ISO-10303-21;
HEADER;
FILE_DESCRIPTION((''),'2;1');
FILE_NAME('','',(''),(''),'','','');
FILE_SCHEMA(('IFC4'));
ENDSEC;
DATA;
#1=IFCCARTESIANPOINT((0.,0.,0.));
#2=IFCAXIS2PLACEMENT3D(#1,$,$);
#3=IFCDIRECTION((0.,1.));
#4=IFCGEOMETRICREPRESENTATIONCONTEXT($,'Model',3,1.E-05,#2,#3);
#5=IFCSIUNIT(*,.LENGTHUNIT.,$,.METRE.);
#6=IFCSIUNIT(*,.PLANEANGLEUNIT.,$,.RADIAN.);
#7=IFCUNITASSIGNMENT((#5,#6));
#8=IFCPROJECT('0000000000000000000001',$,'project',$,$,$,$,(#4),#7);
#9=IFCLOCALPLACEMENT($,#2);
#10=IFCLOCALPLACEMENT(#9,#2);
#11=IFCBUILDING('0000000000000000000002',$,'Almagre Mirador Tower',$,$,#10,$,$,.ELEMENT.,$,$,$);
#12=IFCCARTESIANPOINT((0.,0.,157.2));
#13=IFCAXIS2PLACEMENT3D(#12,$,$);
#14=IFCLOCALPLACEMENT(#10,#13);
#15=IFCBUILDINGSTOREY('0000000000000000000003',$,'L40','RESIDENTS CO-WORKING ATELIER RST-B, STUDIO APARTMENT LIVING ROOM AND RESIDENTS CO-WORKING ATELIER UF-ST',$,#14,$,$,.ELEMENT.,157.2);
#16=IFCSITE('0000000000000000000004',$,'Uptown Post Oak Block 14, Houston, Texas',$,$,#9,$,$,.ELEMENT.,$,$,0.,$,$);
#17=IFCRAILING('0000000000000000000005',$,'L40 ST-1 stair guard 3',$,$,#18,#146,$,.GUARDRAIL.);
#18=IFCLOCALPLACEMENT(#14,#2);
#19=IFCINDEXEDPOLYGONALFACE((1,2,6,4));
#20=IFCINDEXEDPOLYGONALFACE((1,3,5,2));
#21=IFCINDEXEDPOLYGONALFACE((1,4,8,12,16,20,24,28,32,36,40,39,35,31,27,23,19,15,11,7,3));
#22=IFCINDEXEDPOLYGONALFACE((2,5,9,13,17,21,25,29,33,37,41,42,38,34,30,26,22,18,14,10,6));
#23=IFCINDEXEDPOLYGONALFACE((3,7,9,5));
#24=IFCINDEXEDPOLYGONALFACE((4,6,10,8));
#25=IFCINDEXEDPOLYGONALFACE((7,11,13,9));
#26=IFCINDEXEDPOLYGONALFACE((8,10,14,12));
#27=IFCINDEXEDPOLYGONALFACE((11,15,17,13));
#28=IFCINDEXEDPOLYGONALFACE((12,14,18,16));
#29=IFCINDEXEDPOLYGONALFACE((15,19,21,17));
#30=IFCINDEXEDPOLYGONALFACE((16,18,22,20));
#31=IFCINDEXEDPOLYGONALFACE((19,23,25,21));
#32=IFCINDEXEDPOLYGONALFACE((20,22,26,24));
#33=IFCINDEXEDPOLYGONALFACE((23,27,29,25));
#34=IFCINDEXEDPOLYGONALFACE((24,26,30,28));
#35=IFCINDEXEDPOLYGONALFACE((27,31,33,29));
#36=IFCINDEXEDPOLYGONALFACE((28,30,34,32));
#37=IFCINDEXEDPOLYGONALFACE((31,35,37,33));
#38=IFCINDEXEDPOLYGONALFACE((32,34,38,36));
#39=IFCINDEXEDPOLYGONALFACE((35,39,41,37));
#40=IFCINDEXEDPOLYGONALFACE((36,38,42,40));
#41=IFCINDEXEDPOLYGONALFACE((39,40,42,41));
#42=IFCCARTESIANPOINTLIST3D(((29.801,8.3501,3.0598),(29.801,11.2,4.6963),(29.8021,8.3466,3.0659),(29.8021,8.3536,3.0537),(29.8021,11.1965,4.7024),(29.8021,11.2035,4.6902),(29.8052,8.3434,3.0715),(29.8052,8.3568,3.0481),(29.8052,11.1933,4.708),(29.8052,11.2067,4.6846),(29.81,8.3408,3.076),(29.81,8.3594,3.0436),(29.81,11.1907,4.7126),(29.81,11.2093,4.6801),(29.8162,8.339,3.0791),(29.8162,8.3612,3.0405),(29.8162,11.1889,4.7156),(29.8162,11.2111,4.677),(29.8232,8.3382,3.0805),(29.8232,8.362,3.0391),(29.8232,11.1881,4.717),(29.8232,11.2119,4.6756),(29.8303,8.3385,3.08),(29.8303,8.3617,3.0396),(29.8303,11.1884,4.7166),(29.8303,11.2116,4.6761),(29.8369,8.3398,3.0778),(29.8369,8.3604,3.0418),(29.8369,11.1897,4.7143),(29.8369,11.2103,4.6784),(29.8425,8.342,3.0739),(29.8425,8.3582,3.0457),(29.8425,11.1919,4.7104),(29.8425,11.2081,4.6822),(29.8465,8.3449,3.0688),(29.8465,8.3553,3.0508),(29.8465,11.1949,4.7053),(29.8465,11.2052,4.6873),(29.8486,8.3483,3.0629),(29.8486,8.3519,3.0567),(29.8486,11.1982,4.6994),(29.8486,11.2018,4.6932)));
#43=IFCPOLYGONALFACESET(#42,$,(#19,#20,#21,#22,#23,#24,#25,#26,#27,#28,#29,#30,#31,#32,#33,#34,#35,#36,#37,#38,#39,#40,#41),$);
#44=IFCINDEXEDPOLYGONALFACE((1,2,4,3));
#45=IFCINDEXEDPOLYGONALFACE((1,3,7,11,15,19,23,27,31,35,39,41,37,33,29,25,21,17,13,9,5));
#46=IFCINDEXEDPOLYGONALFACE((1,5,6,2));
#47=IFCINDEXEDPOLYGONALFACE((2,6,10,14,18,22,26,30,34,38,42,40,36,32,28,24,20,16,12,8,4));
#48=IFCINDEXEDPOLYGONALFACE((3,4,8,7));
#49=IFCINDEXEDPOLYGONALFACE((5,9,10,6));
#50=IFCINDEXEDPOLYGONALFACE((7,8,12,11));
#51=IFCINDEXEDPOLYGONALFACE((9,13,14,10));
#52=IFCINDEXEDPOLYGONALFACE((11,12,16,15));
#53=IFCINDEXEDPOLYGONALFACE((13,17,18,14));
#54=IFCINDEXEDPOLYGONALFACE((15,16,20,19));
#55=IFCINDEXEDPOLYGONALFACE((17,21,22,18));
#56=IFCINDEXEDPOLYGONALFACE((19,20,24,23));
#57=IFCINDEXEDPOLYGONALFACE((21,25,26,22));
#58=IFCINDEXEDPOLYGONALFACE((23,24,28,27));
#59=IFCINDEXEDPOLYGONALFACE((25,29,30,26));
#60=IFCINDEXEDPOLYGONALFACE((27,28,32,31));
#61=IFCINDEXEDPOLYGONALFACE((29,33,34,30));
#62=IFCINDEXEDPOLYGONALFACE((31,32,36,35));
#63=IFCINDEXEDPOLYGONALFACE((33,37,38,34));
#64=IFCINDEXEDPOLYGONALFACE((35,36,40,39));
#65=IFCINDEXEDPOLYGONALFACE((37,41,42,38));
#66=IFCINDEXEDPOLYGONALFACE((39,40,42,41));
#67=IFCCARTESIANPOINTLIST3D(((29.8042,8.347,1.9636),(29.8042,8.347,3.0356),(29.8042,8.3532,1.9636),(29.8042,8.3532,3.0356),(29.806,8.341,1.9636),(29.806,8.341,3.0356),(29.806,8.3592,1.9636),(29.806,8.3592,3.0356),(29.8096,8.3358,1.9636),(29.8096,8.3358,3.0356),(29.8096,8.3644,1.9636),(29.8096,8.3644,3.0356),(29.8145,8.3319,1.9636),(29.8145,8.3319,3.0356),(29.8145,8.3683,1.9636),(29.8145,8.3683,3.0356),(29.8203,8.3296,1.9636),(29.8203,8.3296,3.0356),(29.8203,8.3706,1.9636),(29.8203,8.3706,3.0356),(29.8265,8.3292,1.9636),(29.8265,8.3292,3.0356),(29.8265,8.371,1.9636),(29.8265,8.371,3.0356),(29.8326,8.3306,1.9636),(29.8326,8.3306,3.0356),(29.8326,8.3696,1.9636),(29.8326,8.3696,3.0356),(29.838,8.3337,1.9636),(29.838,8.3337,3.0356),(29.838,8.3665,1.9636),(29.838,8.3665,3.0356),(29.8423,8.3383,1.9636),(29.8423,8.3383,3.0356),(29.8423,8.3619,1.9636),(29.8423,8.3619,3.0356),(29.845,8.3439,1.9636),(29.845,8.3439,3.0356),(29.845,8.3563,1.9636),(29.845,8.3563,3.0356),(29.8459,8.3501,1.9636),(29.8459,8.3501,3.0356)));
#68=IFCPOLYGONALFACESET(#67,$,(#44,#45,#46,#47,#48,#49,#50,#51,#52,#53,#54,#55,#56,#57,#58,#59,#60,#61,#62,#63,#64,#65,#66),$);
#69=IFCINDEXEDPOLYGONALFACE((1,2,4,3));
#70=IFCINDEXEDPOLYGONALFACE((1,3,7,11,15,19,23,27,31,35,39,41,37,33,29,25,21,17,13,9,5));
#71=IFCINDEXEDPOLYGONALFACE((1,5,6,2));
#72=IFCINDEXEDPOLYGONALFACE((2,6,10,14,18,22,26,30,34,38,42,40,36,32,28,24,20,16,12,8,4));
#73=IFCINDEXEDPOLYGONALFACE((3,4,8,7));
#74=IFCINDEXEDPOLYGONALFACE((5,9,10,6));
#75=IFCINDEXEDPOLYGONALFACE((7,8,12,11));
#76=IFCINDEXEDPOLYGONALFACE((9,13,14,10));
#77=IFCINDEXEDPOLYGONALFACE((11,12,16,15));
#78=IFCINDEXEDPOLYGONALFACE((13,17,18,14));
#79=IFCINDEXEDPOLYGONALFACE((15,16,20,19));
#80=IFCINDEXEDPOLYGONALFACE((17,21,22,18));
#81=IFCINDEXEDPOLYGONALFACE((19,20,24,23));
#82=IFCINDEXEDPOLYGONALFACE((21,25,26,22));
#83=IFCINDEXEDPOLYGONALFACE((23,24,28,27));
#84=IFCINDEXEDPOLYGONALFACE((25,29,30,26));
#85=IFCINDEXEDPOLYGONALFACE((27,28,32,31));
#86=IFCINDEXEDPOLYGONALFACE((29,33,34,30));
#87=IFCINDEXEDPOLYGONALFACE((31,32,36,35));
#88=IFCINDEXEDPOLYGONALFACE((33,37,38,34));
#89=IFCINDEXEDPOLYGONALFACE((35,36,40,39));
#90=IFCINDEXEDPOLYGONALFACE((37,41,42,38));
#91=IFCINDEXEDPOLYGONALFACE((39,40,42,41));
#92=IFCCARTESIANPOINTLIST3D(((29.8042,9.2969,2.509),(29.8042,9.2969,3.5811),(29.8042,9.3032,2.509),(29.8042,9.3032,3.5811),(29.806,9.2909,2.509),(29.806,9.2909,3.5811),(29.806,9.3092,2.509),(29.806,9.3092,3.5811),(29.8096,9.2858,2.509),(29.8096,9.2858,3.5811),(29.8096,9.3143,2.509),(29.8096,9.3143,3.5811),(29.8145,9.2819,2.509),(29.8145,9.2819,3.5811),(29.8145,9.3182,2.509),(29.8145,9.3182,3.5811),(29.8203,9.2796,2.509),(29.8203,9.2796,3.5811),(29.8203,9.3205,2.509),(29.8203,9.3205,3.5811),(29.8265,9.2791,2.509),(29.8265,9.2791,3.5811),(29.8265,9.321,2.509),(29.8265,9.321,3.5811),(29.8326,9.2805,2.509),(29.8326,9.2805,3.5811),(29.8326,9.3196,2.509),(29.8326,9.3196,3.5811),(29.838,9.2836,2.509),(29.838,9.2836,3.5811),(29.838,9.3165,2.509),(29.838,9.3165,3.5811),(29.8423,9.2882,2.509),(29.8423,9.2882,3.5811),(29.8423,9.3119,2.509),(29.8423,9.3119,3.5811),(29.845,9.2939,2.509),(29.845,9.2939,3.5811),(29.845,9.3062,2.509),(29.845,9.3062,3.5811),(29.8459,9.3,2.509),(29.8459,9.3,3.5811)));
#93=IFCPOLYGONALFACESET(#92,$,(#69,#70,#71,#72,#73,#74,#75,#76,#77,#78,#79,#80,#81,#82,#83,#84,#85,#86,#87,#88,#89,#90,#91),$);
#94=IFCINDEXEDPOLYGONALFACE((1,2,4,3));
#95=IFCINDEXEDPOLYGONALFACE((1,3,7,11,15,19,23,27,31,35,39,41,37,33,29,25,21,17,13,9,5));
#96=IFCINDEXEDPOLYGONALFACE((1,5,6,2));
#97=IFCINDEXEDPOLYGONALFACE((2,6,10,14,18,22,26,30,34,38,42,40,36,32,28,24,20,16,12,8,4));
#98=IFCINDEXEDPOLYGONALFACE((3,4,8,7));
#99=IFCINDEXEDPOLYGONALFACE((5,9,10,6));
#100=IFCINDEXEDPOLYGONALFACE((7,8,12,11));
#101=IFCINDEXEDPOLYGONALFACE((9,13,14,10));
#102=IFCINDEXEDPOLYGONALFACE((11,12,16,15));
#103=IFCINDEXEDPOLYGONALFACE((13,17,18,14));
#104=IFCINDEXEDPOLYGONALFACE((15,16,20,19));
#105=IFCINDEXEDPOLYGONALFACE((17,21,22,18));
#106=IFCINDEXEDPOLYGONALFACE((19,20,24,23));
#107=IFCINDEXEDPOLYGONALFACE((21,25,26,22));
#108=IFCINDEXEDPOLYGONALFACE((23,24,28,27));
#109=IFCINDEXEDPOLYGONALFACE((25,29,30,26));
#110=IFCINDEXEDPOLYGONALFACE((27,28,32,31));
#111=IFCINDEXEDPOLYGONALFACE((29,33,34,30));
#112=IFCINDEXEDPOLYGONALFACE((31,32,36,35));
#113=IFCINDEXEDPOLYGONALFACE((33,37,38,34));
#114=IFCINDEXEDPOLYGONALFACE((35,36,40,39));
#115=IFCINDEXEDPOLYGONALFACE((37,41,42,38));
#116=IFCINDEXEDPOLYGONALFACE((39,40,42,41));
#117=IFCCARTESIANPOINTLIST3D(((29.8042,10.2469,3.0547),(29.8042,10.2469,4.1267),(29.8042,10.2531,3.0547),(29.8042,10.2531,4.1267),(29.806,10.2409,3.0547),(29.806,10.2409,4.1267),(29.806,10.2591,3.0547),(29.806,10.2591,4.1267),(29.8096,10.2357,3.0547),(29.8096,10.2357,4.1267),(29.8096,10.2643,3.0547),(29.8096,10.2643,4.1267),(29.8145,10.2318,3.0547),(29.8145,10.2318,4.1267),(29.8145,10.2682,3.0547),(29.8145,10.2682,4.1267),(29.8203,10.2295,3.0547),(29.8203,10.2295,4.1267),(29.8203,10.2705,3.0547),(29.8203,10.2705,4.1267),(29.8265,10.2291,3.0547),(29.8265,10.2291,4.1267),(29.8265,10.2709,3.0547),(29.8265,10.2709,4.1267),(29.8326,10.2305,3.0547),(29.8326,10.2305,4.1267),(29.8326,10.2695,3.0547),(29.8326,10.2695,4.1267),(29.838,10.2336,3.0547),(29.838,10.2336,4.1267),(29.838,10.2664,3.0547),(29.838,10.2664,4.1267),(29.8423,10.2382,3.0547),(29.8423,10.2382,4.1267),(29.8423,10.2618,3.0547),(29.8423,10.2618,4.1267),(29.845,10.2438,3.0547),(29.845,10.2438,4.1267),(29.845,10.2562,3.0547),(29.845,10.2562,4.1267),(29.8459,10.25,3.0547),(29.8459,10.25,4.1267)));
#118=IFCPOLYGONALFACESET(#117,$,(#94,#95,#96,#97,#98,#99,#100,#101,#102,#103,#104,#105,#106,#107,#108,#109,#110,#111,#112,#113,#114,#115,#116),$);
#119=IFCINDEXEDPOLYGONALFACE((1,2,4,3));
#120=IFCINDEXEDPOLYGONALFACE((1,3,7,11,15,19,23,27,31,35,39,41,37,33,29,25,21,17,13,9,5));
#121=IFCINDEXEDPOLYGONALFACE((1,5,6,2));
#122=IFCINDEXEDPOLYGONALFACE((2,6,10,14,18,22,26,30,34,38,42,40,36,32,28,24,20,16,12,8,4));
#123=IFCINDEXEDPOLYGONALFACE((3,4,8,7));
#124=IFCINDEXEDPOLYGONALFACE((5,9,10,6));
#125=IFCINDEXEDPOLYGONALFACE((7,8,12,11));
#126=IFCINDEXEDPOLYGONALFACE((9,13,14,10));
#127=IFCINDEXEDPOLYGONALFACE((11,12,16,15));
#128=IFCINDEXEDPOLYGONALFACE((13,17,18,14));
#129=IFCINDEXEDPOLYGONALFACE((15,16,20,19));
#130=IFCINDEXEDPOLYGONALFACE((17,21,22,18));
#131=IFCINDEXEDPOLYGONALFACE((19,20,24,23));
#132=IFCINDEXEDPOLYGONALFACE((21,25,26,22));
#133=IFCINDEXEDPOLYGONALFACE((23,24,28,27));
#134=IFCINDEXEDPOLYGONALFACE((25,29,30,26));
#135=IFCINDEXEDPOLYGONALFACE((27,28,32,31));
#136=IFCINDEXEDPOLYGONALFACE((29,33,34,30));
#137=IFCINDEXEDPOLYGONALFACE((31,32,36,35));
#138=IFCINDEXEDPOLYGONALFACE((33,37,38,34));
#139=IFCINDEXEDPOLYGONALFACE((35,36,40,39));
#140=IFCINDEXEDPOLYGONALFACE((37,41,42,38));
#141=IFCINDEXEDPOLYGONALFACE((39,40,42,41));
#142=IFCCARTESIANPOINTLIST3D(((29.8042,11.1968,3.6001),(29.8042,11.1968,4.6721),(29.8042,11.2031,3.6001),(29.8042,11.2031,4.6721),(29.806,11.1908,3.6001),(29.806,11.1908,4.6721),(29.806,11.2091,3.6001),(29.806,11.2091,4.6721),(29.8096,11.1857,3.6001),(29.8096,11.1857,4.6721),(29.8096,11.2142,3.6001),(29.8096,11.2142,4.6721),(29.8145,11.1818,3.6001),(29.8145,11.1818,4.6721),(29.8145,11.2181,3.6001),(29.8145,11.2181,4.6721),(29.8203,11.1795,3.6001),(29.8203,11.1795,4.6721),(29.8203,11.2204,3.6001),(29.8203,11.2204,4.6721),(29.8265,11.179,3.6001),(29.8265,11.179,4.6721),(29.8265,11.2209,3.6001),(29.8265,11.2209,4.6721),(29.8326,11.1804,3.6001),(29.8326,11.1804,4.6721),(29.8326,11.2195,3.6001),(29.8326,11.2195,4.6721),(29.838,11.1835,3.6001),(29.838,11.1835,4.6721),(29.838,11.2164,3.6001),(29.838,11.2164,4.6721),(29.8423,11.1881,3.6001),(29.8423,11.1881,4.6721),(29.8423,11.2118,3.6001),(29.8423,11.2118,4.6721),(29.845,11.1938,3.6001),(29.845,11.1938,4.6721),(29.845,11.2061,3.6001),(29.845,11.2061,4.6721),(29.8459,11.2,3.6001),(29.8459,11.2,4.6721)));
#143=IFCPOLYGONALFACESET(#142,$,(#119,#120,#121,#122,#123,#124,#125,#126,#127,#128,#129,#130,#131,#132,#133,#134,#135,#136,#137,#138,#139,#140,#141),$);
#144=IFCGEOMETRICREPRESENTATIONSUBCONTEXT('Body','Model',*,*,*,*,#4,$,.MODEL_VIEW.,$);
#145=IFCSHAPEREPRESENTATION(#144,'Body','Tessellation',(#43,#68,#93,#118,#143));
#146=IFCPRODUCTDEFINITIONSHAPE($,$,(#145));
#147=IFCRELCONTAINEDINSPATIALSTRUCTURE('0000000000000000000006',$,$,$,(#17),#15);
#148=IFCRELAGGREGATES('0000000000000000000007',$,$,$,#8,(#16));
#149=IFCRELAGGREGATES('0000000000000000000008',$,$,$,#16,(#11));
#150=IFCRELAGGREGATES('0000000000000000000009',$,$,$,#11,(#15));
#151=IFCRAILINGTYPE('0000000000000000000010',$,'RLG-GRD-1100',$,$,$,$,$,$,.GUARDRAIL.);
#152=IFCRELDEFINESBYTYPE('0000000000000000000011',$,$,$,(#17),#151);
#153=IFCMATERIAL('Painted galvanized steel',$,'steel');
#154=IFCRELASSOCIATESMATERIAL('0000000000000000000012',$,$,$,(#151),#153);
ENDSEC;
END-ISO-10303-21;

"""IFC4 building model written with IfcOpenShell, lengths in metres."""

from ifc_helpers import new_model, si_unit, direction, frame, origin, origin_2d, place, context, subcontext, project, spatial, circle, extrude, material, type_object, element, save


model = new_model("IFC4")

# Units and contexts
model_context = context("Model", 3, precision=1e-05, world=origin(), true_north=direction((0.0, 1.0)))
body_context = subcontext(model_context, "Body", "Model", "MODEL_VIEW")
ifc_project = project(units=[si_unit("LENGTHUNIT", "METRE"), si_unit("PLANEANGLEUNIT", "RADIAN")], contexts=[model_context])

# Site, building, storey
site_placement = place(None, origin())
site = spatial("IfcSite", under=ifc_project, at=site_placement, Name="Uptown Post Oak Block 14, Houston, Texas", CompositionType="ELEMENT", RefElevation=0.0)
building_placement = place(site_placement, origin())
building = spatial("IfcBuilding", under=site, at=building_placement, Name="Almagre Mirador Tower", CompositionType="ELEMENT")
storey_placement = place(building_placement, frame((0.0, 0.0, 157.2)))
storey = spatial("IfcBuildingStorey", under=building, at=storey_placement, Name="L40", Description="RESIDENTS CO-WORKING ATELIER RST-B, STUDIO APARTMENT LIVING ROOM AND RESIDENTS CO-WORKING ATELIER UF-ST", CompositionType="ELEMENT", Elevation=157.2)

# Railing
ifc_material_1 = material(Name="Painted galvanized steel", Category="steel")
railing_type_1 = type_object("IfcRailingType", Name="RLG-GRD-1100", PredefinedType="GUARDRAIL", material=ifc_material_1)
railing_1_placement = place(storey_placement, frame((29.825, 8.3501, 1.9636)))
element("IfcRailing", 1, at=railing_1_placement, inside=storey, type_object=railing_type_1, Name="L40 ST-1 stair guard 3", PredefinedType="GUARDRAIL", context=body_context, shape_type="SweptSolid", body=[
    extrude(circle(Radius=0.0239, at=origin_2d()), frame((0.0, 0.0, 1.0962), z_axis=(0.0, 0.867194, 0.49797), x_axis=(-1.0, 0.0, 0.0)), (0.0, 0.0, 1.0), 3.2864),
    extrude(circle(Radius=0.021, at=origin_2d()), origin(), (0.0, 0.0, 1.0), 1.072),
    extrude(circle(Radius=0.021, at=origin_2d()), frame((0.0, 0.95, 0.5454)), (0.0, 0.0, 1.0), 1.072),
    extrude(circle(Radius=0.021, at=origin_2d()), frame((0.0, 1.8999, 1.0911)), (0.0, 0.0, 1.0), 1.072),
    extrude(circle(Radius=0.021, at=origin_2d()), frame((0.0, 2.8499, 1.6365)), (0.0, 0.0, 1.0), 1.072),
])

save(model, "model.ifc")
